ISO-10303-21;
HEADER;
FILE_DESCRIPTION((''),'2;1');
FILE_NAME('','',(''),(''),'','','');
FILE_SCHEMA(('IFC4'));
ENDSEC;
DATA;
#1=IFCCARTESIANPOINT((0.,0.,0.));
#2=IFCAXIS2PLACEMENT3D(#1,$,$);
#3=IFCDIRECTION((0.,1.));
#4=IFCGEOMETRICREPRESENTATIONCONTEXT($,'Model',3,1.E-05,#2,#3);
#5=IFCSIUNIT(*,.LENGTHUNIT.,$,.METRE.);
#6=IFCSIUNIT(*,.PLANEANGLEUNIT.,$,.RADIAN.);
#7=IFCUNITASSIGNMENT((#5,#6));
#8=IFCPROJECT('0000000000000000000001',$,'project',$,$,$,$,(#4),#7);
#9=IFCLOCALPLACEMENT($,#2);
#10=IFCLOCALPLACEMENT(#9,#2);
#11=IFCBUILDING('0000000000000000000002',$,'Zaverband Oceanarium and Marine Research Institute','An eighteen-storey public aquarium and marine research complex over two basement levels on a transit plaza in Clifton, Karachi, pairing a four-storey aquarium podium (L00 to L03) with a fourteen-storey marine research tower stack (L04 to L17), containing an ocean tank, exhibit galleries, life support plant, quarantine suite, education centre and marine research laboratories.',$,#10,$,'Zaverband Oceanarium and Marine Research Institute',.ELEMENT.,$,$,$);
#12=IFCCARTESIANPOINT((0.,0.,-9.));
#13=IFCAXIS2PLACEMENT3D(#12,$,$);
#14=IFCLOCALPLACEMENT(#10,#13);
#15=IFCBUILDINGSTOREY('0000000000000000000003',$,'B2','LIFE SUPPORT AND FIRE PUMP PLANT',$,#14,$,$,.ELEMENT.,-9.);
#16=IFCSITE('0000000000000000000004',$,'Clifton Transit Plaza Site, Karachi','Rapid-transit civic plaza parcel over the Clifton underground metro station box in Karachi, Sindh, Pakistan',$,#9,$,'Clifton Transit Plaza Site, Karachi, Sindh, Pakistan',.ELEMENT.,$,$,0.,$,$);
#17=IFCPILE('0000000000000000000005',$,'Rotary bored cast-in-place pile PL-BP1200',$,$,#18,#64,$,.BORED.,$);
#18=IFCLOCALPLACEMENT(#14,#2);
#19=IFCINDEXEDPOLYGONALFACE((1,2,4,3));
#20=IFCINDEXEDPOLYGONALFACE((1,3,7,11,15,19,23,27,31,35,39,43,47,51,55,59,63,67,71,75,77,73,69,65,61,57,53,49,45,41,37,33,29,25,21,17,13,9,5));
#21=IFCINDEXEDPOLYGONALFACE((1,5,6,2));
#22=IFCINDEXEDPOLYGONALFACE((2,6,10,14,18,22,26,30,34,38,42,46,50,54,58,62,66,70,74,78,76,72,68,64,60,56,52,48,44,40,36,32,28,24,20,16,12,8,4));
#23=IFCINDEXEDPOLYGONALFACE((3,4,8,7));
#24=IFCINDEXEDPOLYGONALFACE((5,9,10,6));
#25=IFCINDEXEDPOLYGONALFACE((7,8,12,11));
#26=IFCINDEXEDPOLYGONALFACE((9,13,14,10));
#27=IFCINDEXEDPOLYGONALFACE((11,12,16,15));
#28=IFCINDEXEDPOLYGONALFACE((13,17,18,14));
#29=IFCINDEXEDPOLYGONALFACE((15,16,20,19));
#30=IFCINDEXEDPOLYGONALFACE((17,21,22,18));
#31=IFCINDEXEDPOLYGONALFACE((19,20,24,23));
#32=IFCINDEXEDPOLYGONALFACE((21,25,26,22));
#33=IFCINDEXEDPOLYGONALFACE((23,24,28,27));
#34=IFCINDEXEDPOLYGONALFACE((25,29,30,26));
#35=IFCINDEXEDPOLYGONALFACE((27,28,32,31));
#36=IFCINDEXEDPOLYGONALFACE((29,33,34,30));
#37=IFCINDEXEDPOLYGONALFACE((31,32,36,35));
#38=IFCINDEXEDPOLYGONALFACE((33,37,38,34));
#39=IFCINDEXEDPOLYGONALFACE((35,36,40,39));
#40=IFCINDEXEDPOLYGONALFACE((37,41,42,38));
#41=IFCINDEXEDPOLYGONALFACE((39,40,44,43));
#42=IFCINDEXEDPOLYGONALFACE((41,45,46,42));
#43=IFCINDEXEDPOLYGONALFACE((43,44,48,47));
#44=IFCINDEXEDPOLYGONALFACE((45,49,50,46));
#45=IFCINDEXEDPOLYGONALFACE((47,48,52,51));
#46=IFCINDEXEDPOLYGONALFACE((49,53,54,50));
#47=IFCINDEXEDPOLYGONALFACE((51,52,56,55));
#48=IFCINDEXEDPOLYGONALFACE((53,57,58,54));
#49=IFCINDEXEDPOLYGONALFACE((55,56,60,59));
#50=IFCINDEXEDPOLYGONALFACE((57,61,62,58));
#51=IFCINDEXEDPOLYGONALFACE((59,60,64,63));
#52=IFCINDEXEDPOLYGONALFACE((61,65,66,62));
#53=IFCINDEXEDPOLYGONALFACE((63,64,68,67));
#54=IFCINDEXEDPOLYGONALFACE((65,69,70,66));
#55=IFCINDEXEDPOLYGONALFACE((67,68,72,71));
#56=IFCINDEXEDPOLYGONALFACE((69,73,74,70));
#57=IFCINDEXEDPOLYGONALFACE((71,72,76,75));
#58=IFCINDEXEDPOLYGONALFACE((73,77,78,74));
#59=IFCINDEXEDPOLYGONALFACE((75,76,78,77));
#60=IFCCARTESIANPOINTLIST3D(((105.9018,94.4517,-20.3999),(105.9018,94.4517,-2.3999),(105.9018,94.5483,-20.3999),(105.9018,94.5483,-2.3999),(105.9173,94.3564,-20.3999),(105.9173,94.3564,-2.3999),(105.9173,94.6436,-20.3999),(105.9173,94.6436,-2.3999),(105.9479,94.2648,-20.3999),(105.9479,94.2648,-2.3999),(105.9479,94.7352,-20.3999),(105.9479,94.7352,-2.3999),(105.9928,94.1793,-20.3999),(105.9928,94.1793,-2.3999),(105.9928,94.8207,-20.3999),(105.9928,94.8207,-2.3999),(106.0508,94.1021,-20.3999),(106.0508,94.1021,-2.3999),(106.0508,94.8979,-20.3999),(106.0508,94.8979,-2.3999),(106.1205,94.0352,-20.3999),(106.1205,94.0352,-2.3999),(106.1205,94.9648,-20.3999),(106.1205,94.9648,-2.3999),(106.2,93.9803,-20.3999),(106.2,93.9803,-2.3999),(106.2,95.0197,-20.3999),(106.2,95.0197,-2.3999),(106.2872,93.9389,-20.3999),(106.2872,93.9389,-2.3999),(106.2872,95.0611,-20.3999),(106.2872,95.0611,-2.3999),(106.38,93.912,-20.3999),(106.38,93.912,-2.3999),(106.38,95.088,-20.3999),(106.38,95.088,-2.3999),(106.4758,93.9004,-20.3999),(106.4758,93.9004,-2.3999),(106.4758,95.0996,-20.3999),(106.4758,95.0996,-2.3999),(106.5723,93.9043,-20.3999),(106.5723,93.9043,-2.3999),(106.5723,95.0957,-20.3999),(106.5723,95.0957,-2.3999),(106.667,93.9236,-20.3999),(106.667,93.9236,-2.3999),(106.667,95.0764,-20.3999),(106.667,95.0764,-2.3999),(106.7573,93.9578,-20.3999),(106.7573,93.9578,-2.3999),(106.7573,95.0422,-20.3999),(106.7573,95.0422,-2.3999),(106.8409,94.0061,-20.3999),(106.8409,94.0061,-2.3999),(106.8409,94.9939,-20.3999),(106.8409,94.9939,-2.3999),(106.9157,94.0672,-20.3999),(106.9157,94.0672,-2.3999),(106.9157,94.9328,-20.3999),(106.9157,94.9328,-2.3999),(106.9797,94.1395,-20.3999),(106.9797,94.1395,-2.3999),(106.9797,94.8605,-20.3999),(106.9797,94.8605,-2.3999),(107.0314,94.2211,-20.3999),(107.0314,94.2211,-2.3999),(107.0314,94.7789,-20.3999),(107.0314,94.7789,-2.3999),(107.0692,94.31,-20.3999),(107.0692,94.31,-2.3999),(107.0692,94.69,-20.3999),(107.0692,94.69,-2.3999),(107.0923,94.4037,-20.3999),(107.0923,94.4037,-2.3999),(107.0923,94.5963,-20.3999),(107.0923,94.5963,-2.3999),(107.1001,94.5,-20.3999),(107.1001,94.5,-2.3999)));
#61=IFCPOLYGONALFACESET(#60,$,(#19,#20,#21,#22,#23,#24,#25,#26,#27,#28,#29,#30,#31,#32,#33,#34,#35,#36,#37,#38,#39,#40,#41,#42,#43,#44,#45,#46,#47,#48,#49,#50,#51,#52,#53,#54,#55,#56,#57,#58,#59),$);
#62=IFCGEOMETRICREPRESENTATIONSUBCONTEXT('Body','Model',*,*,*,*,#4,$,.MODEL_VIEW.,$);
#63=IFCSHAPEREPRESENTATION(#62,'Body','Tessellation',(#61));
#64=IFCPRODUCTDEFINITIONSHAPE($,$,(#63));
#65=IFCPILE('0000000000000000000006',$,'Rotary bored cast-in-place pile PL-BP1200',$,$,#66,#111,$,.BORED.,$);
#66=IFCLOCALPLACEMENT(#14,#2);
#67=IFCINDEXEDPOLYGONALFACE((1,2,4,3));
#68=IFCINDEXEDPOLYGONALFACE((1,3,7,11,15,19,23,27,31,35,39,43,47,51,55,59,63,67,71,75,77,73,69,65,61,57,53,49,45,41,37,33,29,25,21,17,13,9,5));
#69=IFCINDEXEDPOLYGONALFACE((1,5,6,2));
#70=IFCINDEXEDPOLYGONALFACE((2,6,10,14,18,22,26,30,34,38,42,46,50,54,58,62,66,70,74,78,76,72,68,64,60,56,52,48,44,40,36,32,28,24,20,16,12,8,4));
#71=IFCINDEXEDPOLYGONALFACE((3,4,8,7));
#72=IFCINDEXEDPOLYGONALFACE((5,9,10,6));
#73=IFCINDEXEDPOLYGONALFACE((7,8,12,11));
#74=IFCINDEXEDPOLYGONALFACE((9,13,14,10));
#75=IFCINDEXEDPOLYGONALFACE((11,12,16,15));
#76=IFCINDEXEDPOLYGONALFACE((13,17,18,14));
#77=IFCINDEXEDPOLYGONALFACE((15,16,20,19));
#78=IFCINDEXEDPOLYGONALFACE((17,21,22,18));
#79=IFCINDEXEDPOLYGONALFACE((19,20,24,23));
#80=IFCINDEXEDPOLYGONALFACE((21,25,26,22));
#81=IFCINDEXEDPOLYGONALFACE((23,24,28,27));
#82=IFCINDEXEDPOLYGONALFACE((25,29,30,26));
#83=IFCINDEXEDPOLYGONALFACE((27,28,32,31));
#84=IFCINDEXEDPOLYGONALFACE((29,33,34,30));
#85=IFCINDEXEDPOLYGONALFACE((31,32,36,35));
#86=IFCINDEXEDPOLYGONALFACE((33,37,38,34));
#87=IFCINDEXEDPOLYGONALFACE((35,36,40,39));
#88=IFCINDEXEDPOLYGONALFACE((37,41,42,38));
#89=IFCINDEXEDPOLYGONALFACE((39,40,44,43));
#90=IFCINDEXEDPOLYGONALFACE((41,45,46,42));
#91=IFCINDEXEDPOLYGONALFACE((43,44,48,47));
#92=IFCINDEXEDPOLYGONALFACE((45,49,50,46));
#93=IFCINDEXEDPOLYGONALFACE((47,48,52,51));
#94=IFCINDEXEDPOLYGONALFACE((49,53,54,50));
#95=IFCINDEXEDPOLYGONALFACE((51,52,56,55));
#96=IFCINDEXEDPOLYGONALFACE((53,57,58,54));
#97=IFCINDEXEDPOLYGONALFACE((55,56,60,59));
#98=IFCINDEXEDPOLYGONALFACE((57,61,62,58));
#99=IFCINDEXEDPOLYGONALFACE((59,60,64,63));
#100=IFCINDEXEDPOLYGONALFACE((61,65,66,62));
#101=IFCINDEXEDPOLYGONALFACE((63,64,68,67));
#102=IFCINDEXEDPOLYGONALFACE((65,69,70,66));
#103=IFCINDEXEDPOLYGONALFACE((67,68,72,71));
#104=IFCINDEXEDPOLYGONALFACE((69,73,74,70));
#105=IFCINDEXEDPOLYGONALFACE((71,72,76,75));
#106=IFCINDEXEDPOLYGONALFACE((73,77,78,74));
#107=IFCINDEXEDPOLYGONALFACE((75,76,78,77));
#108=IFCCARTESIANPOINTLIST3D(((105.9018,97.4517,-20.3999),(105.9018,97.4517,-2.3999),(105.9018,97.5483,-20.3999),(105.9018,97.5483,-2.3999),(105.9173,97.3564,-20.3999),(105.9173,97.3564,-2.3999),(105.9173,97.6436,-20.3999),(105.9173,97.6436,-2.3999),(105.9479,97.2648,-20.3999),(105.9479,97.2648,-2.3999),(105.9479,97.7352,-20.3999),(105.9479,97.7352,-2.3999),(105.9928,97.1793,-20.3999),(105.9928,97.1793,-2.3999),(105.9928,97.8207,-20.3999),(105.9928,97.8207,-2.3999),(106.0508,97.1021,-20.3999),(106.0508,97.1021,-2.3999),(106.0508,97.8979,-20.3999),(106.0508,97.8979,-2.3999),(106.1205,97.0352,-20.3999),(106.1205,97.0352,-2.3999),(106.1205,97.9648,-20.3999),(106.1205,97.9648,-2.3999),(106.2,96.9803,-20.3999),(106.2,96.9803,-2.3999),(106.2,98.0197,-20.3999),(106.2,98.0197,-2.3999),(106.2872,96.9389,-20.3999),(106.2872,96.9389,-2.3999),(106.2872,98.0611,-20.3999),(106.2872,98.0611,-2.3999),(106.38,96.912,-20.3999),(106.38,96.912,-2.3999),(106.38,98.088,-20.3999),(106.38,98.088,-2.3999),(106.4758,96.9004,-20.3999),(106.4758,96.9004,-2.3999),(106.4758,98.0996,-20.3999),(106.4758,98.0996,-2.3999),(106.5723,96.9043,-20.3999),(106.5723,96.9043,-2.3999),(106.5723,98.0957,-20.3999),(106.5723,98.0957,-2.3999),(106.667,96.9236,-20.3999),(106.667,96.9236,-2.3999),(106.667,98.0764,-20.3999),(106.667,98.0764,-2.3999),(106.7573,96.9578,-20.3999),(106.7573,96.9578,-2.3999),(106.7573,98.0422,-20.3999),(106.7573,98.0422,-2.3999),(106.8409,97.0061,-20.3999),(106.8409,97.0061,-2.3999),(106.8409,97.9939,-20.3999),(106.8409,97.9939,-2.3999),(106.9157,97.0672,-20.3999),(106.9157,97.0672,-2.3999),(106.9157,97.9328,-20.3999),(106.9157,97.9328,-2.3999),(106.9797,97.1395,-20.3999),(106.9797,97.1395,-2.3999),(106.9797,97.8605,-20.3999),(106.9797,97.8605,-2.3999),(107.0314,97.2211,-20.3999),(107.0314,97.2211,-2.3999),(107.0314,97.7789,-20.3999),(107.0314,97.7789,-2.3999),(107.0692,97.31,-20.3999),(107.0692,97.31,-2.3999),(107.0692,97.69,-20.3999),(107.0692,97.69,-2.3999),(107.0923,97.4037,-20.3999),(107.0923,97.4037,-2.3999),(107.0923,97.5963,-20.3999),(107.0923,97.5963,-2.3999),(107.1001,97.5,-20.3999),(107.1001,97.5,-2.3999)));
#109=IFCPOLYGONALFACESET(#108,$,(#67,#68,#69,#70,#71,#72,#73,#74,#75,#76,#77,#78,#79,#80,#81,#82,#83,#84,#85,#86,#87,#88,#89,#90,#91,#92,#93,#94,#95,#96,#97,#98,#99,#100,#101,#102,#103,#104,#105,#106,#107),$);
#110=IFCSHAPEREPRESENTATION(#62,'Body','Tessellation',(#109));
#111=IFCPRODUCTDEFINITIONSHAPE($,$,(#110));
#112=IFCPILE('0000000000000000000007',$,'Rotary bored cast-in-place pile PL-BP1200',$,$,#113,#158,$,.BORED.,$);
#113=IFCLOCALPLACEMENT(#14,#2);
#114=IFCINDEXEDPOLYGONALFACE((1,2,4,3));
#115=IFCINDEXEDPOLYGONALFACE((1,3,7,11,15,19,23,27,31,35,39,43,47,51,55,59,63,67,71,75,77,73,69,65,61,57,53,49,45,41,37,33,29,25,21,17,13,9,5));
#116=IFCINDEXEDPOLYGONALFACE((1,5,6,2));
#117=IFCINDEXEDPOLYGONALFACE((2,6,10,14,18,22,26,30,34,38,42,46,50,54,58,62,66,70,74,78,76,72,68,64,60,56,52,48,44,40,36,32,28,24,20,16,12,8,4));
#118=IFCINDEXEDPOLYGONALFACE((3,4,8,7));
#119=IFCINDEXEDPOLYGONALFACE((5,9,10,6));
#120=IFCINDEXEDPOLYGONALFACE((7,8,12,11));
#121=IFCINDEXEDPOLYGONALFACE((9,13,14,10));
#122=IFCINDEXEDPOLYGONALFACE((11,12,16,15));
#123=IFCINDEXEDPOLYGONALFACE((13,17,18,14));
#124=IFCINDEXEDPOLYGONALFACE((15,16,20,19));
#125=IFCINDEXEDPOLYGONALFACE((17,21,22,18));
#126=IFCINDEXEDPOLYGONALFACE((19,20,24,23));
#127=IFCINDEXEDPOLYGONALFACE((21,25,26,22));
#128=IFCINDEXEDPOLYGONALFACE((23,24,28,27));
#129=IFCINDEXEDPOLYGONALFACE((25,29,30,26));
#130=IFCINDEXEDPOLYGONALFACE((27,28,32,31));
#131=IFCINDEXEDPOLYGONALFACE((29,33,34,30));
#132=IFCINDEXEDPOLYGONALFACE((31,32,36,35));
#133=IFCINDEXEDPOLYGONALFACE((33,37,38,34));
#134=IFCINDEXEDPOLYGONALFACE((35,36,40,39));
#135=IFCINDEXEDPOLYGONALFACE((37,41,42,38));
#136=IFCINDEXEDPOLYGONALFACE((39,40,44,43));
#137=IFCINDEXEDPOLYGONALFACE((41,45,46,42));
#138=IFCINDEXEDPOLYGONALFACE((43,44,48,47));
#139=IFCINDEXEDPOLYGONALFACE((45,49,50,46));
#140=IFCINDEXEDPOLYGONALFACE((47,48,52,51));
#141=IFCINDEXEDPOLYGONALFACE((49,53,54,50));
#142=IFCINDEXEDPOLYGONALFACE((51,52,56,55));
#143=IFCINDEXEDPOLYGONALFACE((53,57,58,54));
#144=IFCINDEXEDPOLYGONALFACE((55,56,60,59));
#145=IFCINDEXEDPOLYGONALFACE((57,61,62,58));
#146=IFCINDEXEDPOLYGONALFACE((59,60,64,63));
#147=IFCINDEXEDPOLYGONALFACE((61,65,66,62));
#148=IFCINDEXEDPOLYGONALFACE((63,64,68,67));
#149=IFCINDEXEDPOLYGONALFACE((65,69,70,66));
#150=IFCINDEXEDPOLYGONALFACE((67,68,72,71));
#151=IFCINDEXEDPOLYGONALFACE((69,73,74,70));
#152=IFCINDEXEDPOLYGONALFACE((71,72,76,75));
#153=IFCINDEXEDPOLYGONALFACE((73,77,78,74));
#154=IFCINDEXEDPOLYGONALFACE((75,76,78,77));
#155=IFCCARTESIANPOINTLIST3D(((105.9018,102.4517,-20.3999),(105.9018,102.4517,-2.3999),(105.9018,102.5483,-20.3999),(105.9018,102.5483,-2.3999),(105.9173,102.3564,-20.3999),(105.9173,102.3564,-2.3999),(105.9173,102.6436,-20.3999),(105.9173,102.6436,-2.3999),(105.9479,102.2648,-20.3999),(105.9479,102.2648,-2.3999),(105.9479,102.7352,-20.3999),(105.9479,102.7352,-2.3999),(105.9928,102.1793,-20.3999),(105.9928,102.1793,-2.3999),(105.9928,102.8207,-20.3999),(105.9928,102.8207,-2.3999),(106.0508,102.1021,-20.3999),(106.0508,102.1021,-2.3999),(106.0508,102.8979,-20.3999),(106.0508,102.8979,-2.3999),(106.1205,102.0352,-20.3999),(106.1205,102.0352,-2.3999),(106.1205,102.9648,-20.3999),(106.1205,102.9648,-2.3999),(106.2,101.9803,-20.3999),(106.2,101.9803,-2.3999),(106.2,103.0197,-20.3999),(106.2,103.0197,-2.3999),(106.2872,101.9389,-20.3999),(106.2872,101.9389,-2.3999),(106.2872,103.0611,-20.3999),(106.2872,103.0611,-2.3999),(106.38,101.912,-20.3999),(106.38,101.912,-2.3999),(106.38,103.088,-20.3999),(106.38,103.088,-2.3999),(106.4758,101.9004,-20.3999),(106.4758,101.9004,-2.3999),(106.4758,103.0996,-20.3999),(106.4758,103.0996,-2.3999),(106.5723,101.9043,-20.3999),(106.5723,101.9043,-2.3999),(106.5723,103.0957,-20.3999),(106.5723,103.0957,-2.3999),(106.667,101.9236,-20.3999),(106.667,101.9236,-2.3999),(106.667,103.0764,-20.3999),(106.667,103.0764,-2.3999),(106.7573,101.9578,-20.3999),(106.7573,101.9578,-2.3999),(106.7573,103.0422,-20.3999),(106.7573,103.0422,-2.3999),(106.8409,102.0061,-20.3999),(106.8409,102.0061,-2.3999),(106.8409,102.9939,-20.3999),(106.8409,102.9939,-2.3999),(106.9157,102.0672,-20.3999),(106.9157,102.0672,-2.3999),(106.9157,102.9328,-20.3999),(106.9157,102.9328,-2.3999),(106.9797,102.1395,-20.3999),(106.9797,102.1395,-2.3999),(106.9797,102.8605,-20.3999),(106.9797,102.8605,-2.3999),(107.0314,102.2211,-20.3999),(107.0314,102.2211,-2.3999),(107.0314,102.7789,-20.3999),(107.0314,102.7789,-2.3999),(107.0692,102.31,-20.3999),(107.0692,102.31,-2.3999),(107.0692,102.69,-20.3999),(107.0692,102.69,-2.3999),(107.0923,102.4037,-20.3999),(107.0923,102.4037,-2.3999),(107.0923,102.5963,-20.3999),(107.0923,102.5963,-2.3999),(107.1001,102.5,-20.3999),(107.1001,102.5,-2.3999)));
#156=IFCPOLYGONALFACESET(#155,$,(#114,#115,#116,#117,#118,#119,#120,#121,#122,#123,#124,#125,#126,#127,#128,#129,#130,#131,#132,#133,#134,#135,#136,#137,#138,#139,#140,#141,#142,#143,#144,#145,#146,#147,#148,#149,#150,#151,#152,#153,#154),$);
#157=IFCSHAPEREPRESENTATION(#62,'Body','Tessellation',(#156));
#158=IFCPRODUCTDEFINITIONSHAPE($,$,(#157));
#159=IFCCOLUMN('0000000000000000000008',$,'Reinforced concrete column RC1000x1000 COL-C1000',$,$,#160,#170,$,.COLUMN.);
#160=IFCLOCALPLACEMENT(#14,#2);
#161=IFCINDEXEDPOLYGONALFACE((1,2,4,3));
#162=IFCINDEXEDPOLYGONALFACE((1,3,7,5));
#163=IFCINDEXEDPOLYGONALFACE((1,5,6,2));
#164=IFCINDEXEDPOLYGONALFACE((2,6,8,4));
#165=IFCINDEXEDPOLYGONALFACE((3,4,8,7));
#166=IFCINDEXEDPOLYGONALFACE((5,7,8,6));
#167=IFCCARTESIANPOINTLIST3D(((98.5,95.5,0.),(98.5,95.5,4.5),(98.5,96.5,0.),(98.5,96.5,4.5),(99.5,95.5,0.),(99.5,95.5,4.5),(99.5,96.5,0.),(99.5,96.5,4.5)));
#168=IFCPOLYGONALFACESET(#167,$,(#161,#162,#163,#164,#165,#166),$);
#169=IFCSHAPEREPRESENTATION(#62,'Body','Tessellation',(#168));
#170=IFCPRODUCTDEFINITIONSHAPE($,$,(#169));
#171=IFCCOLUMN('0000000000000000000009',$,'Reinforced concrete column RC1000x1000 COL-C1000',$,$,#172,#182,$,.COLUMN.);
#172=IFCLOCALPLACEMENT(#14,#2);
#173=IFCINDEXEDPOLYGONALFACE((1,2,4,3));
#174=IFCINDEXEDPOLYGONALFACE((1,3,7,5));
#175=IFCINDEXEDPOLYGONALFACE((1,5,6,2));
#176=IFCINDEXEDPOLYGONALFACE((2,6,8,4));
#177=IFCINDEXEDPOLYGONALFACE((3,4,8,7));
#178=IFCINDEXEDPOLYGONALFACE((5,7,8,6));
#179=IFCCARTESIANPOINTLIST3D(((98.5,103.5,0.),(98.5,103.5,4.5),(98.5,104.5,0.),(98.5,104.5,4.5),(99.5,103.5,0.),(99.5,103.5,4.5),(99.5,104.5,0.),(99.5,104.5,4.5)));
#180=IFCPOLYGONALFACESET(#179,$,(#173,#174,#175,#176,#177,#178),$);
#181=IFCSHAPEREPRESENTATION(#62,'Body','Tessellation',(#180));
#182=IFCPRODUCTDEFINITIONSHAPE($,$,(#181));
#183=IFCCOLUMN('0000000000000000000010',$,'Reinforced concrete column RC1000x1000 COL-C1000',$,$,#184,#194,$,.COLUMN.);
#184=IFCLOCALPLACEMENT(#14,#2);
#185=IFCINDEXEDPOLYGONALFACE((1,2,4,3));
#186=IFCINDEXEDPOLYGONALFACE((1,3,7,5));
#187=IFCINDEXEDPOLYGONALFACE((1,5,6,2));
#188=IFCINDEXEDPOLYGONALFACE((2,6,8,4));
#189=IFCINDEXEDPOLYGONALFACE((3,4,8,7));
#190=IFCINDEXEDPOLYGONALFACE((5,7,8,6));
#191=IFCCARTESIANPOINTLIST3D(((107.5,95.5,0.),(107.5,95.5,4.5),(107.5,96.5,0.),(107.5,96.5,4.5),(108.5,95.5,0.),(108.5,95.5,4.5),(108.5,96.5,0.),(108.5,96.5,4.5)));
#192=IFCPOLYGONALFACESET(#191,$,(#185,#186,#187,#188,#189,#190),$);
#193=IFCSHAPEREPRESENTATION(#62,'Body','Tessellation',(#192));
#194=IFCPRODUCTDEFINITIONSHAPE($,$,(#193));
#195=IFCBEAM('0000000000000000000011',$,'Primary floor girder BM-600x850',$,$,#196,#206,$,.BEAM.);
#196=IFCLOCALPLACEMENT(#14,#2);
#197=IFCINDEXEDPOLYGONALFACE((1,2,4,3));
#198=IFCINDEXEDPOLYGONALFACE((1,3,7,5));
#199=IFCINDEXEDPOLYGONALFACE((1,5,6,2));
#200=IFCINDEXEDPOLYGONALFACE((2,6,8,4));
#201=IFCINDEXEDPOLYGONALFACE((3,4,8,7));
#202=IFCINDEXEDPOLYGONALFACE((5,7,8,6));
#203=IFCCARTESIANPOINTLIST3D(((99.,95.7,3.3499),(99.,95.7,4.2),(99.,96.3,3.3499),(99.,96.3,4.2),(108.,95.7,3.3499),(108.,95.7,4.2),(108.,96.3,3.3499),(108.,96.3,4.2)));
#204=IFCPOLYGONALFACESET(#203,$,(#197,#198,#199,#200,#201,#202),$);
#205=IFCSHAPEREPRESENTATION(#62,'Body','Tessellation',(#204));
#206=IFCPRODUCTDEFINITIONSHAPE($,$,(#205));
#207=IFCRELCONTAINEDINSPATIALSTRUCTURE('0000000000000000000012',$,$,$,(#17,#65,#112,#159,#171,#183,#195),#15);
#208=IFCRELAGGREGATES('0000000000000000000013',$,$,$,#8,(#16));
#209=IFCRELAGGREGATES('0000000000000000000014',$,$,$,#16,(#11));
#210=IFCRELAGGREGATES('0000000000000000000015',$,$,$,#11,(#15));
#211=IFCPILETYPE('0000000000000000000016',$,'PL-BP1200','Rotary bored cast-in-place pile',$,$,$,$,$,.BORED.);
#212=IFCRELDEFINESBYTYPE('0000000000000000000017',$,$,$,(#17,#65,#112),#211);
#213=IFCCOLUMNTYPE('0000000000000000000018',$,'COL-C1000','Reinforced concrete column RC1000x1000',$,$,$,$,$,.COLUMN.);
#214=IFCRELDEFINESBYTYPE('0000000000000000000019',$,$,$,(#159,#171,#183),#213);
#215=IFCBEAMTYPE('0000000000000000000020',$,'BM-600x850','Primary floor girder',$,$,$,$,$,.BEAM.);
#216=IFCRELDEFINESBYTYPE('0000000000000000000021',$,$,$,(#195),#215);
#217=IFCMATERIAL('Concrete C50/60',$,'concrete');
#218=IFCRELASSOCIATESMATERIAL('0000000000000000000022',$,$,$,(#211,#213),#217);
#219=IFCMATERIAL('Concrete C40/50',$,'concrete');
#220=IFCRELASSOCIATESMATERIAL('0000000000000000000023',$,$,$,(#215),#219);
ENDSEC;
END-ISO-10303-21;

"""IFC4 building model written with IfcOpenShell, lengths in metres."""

from ifc_helpers import new_model, si_unit, direction, frame, origin, origin_2d, place, context, subcontext, project, spatial, rectangle, circle, extrude, material, material_profile, profile_set, type_object, element, save


model = new_model("IFC4")

# Units and contexts
model_context = context("Model", 3, precision=1e-05, world=origin(), true_north=direction((0.0, 1.0)))
body_context = subcontext(model_context, "Body", "Model", "MODEL_VIEW")
ifc_project = project(units=[si_unit("LENGTHUNIT", "METRE"), si_unit("PLANEANGLEUNIT", "RADIAN")], contexts=[model_context])

# Site, building, storey
site_placement = place(None, origin())
site = spatial("IfcSite", under=ifc_project, at=site_placement, Name="Clifton Transit Plaza Site, Karachi", Description="Rapid-transit civic plaza parcel over the Clifton underground metro station box in Karachi, Sindh, Pakistan", LongName="Clifton Transit Plaza Site, Karachi, Sindh, Pakistan", CompositionType="ELEMENT", RefElevation=0.0)
building_placement = place(site_placement, origin())
building = spatial("IfcBuilding", under=site, at=building_placement, Name="Zaverband Oceanarium and Marine Research Institute", Description="An eighteen-storey public aquarium and marine research complex over two basement levels on a transit plaza in Clifton, Karachi, pairing a four-storey aquarium podium (L00 to L03) with a fourteen-storey marine research tower stack (L04 to L17), containing an ocean tank, exhibit galleries, life support plant, quarantine suite, education centre and marine research laboratories.", LongName="Zaverband Oceanarium and Marine Research Institute", CompositionType="ELEMENT")
storey_placement = place(building_placement, frame((0.0, 0.0, -9.0)))
storey = spatial("IfcBuildingStorey", under=building, at=storey_placement, Name="B2", Description="LIFE SUPPORT AND FIRE PUMP PLANT", CompositionType="ELEMENT", Elevation=-9.0)

# Shared definitions
ifc_material_1 = material(Name="Concrete C50/60", Category="concrete")

# Piles
ifc_material_profile_1 = material_profile(ifc_material_1, circle(Radius=0.6001, at=origin_2d()), Name="BP1200")
ifc_profile_set_1 = profile_set([ifc_material_profile_1], Name="Concrete C50/60")
pile_type = type_object("IfcPileType", Name="PL-BP1200", Description="Rotary bored cast-in-place pile", PredefinedType="BORED", material=ifc_profile_set_1)
for number, where, z_axis, x_axis, name in (
    (1, (106.5, 94.5, -2.3999), (0.0, 0.0, -1.0), (1.0, 0.0, 0.0), "Rotary bored cast-in-place pile PL-BP1200"),
    (2, (106.5, 97.5, -2.3999), (0.0, 0.0, -1.0), (1.0, 0.0, 0.0), "Rotary bored cast-in-place pile PL-BP1200"),
    (3, (106.5, 102.5, -2.3999), (0.0, 0.0, -1.0), (1.0, 0.0, 0.0), "Rotary bored cast-in-place pile PL-BP1200"),
):
    element("IfcPile", number, at=place(storey_placement, frame(where, z_axis=z_axis, x_axis=x_axis)), inside=storey, type_object=pile_type, Name=name, PredefinedType="BORED", context=body_context, shape_type="SweptSolid", body=[
        extrude(circle(Radius=0.6001, at=origin_2d()), origin(), (0.0, 0.0, 1.0), 18.0),
    ])

# Columns
ifc_material_profile_2 = material_profile(ifc_material_1, rectangle(XDim=1.0, YDim=1.0, at=origin_2d()), Name="RC1000x1000")
ifc_profile_set_2 = profile_set([ifc_material_profile_2], Name="Concrete C50/60")
column_type = type_object("IfcColumnType", Name="COL-C1000", Description="Reinforced concrete column RC1000x1000", PredefinedType="COLUMN", material=ifc_profile_set_2)
for number, where, z_axis, x_axis, name in (
    (4, (99.0, 96.0, 0.0), (0.0, 0.0, 1.0), (1.0, 0.0, 0.0), "Reinforced concrete column RC1000x1000 COL-C1000"),
    (5, (99.0, 104.0, 0.0), (0.0, 0.0, 1.0), (1.0, 0.0, 0.0), "Reinforced concrete column RC1000x1000 COL-C1000"),
    (6, (108.0, 96.0, 0.0), (0.0, 0.0, 1.0), (1.0, 0.0, 0.0), "Reinforced concrete column RC1000x1000 COL-C1000"),
):
    element("IfcColumn", number, at=place(storey_placement, frame(where, z_axis=z_axis, x_axis=x_axis)), inside=storey, type_object=column_type, Name=name, PredefinedType="COLUMN", context=body_context, shape_type="SweptSolid", body=[
        extrude(rectangle(XDim=1.0, YDim=1.0, at=origin_2d()), origin(), (0.0, 0.0, 1.0), 4.5),
    ])

# Beam
ifc_material_2 = material(Name="Concrete C40/50", Category="concrete")
ifc_material_profile_3 = material_profile(ifc_material_2, rectangle(XDim=0.6001, YDim=0.8501, at=origin_2d()), Name="RC600x850")
ifc_profile_set_3 = profile_set([ifc_material_profile_3], Name="Concrete C40/50")
beam_type_1 = type_object("IfcBeamType", Name="BM-600x850", Description="Primary floor girder", PredefinedType="BEAM", material=ifc_profile_set_3)
for number, where, z_axis, x_axis, name in (
    (7, (99.0, 96.0, 3.7749), (1.0, 0.0, 0.0), (0.0, 1.0, 0.0), "Primary floor girder BM-600x850"),
):
    element("IfcBeam", number, at=place(storey_placement, frame(where, z_axis=z_axis, x_axis=x_axis)), inside=storey, type_object=beam_type_1, Name=name, PredefinedType="BEAM", context=body_context, shape_type="SweptSolid", body=[
        extrude(rectangle(XDim=0.6001, YDim=0.8501, at=origin_2d()), origin(), (0.0, 0.0, 1.0), 9.0),
    ])

save(model, "model.ifc")
